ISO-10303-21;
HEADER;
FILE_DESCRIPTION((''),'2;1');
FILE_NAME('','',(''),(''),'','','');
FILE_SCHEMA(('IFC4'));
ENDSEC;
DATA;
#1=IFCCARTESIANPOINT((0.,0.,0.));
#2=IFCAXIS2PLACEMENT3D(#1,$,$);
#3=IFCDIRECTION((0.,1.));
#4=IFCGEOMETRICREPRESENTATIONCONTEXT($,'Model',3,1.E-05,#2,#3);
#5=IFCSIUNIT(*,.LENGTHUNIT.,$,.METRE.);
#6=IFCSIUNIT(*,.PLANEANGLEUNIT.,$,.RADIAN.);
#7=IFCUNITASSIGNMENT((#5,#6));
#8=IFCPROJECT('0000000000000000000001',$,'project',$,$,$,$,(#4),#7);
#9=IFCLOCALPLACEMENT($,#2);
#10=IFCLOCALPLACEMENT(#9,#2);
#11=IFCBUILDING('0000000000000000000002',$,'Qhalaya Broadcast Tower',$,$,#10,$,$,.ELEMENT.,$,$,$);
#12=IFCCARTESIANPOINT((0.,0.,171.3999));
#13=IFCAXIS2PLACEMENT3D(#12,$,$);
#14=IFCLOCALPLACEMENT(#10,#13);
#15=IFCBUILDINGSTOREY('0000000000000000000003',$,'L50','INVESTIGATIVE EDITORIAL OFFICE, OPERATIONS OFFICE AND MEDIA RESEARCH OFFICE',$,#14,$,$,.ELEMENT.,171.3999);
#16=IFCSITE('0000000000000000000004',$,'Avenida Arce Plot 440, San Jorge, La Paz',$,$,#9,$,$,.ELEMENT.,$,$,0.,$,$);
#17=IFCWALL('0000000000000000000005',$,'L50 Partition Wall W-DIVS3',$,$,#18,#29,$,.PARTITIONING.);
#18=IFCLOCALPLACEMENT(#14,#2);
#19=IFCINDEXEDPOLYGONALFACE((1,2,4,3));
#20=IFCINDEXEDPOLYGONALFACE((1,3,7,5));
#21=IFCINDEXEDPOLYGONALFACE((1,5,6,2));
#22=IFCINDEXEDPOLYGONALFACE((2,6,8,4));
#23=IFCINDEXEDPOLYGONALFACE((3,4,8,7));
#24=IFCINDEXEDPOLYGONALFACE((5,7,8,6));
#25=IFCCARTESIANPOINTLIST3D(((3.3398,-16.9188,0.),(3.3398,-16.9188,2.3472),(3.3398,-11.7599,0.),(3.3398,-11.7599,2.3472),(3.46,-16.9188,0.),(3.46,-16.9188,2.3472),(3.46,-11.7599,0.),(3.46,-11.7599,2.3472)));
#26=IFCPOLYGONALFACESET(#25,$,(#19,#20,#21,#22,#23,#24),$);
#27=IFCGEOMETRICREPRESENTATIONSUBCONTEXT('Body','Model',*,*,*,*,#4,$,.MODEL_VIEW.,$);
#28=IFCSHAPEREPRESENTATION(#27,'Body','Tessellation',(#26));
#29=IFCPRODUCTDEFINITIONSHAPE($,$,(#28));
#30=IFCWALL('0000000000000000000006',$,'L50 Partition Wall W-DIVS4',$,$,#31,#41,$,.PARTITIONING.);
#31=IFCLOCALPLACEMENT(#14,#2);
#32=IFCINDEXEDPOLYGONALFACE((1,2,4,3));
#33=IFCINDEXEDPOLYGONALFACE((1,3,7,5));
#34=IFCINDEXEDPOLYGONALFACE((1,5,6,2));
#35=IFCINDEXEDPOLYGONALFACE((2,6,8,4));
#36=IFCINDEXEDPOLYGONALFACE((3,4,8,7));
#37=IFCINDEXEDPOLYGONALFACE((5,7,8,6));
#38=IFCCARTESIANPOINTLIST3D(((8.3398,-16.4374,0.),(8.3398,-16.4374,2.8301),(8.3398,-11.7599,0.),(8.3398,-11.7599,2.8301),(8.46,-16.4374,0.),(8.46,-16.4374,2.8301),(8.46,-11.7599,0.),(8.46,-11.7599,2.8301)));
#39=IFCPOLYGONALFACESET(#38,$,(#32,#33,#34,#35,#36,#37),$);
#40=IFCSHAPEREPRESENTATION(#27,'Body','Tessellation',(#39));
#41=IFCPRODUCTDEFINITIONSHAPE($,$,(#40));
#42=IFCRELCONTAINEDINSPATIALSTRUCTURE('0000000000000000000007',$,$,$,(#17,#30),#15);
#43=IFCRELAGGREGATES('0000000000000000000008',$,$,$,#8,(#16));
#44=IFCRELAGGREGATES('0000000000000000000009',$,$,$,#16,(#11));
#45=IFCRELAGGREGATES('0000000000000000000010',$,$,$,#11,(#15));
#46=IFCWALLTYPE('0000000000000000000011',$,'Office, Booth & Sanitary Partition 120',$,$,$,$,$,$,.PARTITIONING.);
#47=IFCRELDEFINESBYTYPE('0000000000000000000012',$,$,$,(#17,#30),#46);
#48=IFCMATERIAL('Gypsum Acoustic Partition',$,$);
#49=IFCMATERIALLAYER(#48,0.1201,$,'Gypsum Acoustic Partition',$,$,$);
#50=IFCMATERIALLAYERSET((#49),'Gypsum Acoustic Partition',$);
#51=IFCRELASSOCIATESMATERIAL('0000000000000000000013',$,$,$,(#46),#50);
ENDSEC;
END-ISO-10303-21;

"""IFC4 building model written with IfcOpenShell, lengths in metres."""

from ifc_helpers import new_model, si_unit, direction, frame, frame_2d, origin, place, context, subcontext, project, spatial, rectangle, extrude, material, layer, layer_set, type_object, element, save


model = new_model("IFC4")

# Units and contexts
model_context = context("Model", 3, precision=1e-05, world=origin(), true_north=direction((0.0, 1.0)))
body_context = subcontext(model_context, "Body", "Model", "MODEL_VIEW")
ifc_project = project(units=[si_unit("LENGTHUNIT", "METRE"), si_unit("PLANEANGLEUNIT", "RADIAN")], contexts=[model_context])

# Site, building, storey
site_placement = place(None, origin())
site = spatial("IfcSite", under=ifc_project, at=site_placement, Name="Avenida Arce Plot 440, San Jorge, La Paz", CompositionType="ELEMENT", RefElevation=0.0)
building_placement = place(site_placement, origin())
building = spatial("IfcBuilding", under=site, at=building_placement, Name="Qhalaya Broadcast Tower", CompositionType="ELEMENT")
storey_placement = place(building_placement, frame((0.0, 0.0, 171.3999)))
storey = spatial("IfcBuildingStorey", under=building, at=storey_placement, Name="L50", Description="INVESTIGATIVE EDITORIAL OFFICE, OPERATIONS OFFICE AND MEDIA RESEARCH OFFICE", CompositionType="ELEMENT", Elevation=171.3999)

# Shared definitions
ifc_material_1 = material(Name="Gypsum Acoustic Partition")

# Walls
ifc_layer_1 = layer(ifc_material_1, 0.1201, Name="Gypsum Acoustic Partition")
ifc_layer_set_1 = layer_set([ifc_layer_1], Name="Gypsum Acoustic Partition")
wall_type_1 = type_object("IfcWallType", Name="Office, Booth & Sanitary Partition 120", PredefinedType="PARTITIONING", material=ifc_layer_set_1)
wall_1_placement = place(storey_placement, frame((3.3999, -16.9189, 0.0), z_axis=(0.0, 0.0, 1.0), x_axis=(0.0, 1.0, 0.0)))
element("IfcWall", 1, at=wall_1_placement, inside=storey, type_object=wall_type_1, Name="L50 Partition Wall W-DIVS3", PredefinedType="PARTITIONING", context=body_context, shape_type="SweptSolid", body=[
    extrude(rectangle(XDim=5.1589, YDim=0.1201, at=frame_2d((2.5796, 0.0))), origin(), (0.0, 0.0, 1.0), 2.3472),
])
wall_2_placement = place(storey_placement, frame((8.3999, -16.4375, 0.0), z_axis=(0.0, 0.0, 1.0), x_axis=(0.0, 1.0, 0.0)))
element("IfcWall", 2, at=wall_2_placement, inside=storey, type_object=wall_type_1, Name="L50 Partition Wall W-DIVS4", PredefinedType="PARTITIONING", context=body_context, shape_type="SweptSolid", body=[
    extrude(rectangle(XDim=4.6775, YDim=0.1201, at=frame_2d((2.3389, 0.0))), origin(), (0.0, 0.0, 1.0), 2.8301),
])

save(model, "model.ifc")
